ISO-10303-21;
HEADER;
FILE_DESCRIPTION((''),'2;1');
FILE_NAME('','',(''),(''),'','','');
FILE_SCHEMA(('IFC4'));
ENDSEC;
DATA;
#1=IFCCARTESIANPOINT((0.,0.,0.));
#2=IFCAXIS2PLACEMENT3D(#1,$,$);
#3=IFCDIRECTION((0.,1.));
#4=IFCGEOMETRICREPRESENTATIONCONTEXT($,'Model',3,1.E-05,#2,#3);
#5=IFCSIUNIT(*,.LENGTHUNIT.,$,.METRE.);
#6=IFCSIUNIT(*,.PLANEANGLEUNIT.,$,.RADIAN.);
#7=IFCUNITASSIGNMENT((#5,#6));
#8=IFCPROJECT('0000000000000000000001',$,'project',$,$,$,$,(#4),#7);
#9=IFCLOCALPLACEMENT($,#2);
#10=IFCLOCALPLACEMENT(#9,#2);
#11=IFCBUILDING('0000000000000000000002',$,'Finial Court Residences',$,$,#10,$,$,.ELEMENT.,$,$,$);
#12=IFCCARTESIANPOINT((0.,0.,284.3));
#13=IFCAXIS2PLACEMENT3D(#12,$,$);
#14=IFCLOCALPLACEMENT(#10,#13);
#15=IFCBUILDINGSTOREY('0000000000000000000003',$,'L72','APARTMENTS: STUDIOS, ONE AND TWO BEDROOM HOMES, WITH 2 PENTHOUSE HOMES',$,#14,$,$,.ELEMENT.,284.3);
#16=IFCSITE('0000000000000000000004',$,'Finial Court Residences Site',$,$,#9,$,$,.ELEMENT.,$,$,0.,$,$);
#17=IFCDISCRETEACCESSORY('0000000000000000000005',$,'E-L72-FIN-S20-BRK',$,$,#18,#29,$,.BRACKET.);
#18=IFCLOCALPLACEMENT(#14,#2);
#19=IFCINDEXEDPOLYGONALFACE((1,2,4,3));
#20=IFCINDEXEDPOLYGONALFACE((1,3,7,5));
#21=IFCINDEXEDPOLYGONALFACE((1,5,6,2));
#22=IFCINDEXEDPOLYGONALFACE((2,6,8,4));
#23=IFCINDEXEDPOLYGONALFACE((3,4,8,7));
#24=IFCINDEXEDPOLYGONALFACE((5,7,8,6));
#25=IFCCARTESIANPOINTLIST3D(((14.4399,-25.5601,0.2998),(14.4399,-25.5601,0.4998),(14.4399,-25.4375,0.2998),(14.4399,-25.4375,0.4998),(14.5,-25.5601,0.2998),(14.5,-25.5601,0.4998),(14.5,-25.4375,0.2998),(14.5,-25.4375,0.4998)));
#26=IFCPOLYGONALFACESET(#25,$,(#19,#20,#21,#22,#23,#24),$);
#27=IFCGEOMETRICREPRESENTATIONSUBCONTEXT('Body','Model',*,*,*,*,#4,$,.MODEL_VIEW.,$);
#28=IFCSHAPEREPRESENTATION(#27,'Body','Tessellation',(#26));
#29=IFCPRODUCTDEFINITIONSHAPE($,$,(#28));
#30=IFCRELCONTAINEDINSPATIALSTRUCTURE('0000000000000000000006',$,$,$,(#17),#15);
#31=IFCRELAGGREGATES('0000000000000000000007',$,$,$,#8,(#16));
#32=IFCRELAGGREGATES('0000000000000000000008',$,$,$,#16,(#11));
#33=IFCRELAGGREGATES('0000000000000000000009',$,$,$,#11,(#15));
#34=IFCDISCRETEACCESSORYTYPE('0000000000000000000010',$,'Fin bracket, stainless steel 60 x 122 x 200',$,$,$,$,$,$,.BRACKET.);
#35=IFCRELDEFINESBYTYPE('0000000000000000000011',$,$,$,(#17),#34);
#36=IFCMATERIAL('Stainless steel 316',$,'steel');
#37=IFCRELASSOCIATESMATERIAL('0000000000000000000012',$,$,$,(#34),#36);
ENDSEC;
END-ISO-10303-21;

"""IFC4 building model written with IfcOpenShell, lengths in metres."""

from ifc_helpers import new_model, si_unit, direction, frame, origin, origin_2d, place, context, subcontext, project, spatial, rectangle, extrude, material, type_object, element, save


model = new_model("IFC4")

# Units and contexts
model_context = context("Model", 3, precision=1e-05, world=origin(), true_north=direction((0.0, 1.0)))
body_context = subcontext(model_context, "Body", "Model", "MODEL_VIEW")
ifc_project = project(units=[si_unit("LENGTHUNIT", "METRE"), si_unit("PLANEANGLEUNIT", "RADIAN")], contexts=[model_context])

# Site, building, storey
site_placement = place(None, origin())
site = spatial("IfcSite", under=ifc_project, at=site_placement, Name="Finial Court Residences Site", CompositionType="ELEMENT", RefElevation=0.0)
building_placement = place(site_placement, origin())
building = spatial("IfcBuilding", under=site, at=building_placement, Name="Finial Court Residences", CompositionType="ELEMENT")
storey_placement = place(building_placement, frame((0.0, 0.0, 284.3)))
storey = spatial("IfcBuildingStorey", under=building, at=storey_placement, Name="L72", Description="APARTMENTS: STUDIOS, ONE AND TWO BEDROOM HOMES, WITH 2 PENTHOUSE HOMES", CompositionType="ELEMENT", Elevation=284.3)

# Discrete accessory
ifc_material_1 = material(Name="Stainless steel 316", Category="steel")
discrete_accessory_type = type_object("IfcDiscreteAccessoryType", Name="Fin bracket, stainless steel 60 x 122 x 200", PredefinedType="BRACKET", material=ifc_material_1)
for number, where, z_axis, x_axis, name in (
    (1, (14.47, -25.4988, 0.2998), (0.0, 0.0, 1.0), (1.0, 0.0, 0.0), "E-L72-FIN-S20-BRK"),
):
    element("IfcDiscreteAccessory", number, at=place(storey_placement, frame(where, z_axis=z_axis, x_axis=x_axis)), inside=storey, type_object=discrete_accessory_type, Name=name, PredefinedType="BRACKET", context=body_context, shape_type="SweptSolid", body=[
        extrude(rectangle(XDim=0.0601, YDim=0.1226, at=origin_2d()), origin(), (0.0, 0.0, 1.0), 0.2),
    ])

save(model, "model.ifc")
